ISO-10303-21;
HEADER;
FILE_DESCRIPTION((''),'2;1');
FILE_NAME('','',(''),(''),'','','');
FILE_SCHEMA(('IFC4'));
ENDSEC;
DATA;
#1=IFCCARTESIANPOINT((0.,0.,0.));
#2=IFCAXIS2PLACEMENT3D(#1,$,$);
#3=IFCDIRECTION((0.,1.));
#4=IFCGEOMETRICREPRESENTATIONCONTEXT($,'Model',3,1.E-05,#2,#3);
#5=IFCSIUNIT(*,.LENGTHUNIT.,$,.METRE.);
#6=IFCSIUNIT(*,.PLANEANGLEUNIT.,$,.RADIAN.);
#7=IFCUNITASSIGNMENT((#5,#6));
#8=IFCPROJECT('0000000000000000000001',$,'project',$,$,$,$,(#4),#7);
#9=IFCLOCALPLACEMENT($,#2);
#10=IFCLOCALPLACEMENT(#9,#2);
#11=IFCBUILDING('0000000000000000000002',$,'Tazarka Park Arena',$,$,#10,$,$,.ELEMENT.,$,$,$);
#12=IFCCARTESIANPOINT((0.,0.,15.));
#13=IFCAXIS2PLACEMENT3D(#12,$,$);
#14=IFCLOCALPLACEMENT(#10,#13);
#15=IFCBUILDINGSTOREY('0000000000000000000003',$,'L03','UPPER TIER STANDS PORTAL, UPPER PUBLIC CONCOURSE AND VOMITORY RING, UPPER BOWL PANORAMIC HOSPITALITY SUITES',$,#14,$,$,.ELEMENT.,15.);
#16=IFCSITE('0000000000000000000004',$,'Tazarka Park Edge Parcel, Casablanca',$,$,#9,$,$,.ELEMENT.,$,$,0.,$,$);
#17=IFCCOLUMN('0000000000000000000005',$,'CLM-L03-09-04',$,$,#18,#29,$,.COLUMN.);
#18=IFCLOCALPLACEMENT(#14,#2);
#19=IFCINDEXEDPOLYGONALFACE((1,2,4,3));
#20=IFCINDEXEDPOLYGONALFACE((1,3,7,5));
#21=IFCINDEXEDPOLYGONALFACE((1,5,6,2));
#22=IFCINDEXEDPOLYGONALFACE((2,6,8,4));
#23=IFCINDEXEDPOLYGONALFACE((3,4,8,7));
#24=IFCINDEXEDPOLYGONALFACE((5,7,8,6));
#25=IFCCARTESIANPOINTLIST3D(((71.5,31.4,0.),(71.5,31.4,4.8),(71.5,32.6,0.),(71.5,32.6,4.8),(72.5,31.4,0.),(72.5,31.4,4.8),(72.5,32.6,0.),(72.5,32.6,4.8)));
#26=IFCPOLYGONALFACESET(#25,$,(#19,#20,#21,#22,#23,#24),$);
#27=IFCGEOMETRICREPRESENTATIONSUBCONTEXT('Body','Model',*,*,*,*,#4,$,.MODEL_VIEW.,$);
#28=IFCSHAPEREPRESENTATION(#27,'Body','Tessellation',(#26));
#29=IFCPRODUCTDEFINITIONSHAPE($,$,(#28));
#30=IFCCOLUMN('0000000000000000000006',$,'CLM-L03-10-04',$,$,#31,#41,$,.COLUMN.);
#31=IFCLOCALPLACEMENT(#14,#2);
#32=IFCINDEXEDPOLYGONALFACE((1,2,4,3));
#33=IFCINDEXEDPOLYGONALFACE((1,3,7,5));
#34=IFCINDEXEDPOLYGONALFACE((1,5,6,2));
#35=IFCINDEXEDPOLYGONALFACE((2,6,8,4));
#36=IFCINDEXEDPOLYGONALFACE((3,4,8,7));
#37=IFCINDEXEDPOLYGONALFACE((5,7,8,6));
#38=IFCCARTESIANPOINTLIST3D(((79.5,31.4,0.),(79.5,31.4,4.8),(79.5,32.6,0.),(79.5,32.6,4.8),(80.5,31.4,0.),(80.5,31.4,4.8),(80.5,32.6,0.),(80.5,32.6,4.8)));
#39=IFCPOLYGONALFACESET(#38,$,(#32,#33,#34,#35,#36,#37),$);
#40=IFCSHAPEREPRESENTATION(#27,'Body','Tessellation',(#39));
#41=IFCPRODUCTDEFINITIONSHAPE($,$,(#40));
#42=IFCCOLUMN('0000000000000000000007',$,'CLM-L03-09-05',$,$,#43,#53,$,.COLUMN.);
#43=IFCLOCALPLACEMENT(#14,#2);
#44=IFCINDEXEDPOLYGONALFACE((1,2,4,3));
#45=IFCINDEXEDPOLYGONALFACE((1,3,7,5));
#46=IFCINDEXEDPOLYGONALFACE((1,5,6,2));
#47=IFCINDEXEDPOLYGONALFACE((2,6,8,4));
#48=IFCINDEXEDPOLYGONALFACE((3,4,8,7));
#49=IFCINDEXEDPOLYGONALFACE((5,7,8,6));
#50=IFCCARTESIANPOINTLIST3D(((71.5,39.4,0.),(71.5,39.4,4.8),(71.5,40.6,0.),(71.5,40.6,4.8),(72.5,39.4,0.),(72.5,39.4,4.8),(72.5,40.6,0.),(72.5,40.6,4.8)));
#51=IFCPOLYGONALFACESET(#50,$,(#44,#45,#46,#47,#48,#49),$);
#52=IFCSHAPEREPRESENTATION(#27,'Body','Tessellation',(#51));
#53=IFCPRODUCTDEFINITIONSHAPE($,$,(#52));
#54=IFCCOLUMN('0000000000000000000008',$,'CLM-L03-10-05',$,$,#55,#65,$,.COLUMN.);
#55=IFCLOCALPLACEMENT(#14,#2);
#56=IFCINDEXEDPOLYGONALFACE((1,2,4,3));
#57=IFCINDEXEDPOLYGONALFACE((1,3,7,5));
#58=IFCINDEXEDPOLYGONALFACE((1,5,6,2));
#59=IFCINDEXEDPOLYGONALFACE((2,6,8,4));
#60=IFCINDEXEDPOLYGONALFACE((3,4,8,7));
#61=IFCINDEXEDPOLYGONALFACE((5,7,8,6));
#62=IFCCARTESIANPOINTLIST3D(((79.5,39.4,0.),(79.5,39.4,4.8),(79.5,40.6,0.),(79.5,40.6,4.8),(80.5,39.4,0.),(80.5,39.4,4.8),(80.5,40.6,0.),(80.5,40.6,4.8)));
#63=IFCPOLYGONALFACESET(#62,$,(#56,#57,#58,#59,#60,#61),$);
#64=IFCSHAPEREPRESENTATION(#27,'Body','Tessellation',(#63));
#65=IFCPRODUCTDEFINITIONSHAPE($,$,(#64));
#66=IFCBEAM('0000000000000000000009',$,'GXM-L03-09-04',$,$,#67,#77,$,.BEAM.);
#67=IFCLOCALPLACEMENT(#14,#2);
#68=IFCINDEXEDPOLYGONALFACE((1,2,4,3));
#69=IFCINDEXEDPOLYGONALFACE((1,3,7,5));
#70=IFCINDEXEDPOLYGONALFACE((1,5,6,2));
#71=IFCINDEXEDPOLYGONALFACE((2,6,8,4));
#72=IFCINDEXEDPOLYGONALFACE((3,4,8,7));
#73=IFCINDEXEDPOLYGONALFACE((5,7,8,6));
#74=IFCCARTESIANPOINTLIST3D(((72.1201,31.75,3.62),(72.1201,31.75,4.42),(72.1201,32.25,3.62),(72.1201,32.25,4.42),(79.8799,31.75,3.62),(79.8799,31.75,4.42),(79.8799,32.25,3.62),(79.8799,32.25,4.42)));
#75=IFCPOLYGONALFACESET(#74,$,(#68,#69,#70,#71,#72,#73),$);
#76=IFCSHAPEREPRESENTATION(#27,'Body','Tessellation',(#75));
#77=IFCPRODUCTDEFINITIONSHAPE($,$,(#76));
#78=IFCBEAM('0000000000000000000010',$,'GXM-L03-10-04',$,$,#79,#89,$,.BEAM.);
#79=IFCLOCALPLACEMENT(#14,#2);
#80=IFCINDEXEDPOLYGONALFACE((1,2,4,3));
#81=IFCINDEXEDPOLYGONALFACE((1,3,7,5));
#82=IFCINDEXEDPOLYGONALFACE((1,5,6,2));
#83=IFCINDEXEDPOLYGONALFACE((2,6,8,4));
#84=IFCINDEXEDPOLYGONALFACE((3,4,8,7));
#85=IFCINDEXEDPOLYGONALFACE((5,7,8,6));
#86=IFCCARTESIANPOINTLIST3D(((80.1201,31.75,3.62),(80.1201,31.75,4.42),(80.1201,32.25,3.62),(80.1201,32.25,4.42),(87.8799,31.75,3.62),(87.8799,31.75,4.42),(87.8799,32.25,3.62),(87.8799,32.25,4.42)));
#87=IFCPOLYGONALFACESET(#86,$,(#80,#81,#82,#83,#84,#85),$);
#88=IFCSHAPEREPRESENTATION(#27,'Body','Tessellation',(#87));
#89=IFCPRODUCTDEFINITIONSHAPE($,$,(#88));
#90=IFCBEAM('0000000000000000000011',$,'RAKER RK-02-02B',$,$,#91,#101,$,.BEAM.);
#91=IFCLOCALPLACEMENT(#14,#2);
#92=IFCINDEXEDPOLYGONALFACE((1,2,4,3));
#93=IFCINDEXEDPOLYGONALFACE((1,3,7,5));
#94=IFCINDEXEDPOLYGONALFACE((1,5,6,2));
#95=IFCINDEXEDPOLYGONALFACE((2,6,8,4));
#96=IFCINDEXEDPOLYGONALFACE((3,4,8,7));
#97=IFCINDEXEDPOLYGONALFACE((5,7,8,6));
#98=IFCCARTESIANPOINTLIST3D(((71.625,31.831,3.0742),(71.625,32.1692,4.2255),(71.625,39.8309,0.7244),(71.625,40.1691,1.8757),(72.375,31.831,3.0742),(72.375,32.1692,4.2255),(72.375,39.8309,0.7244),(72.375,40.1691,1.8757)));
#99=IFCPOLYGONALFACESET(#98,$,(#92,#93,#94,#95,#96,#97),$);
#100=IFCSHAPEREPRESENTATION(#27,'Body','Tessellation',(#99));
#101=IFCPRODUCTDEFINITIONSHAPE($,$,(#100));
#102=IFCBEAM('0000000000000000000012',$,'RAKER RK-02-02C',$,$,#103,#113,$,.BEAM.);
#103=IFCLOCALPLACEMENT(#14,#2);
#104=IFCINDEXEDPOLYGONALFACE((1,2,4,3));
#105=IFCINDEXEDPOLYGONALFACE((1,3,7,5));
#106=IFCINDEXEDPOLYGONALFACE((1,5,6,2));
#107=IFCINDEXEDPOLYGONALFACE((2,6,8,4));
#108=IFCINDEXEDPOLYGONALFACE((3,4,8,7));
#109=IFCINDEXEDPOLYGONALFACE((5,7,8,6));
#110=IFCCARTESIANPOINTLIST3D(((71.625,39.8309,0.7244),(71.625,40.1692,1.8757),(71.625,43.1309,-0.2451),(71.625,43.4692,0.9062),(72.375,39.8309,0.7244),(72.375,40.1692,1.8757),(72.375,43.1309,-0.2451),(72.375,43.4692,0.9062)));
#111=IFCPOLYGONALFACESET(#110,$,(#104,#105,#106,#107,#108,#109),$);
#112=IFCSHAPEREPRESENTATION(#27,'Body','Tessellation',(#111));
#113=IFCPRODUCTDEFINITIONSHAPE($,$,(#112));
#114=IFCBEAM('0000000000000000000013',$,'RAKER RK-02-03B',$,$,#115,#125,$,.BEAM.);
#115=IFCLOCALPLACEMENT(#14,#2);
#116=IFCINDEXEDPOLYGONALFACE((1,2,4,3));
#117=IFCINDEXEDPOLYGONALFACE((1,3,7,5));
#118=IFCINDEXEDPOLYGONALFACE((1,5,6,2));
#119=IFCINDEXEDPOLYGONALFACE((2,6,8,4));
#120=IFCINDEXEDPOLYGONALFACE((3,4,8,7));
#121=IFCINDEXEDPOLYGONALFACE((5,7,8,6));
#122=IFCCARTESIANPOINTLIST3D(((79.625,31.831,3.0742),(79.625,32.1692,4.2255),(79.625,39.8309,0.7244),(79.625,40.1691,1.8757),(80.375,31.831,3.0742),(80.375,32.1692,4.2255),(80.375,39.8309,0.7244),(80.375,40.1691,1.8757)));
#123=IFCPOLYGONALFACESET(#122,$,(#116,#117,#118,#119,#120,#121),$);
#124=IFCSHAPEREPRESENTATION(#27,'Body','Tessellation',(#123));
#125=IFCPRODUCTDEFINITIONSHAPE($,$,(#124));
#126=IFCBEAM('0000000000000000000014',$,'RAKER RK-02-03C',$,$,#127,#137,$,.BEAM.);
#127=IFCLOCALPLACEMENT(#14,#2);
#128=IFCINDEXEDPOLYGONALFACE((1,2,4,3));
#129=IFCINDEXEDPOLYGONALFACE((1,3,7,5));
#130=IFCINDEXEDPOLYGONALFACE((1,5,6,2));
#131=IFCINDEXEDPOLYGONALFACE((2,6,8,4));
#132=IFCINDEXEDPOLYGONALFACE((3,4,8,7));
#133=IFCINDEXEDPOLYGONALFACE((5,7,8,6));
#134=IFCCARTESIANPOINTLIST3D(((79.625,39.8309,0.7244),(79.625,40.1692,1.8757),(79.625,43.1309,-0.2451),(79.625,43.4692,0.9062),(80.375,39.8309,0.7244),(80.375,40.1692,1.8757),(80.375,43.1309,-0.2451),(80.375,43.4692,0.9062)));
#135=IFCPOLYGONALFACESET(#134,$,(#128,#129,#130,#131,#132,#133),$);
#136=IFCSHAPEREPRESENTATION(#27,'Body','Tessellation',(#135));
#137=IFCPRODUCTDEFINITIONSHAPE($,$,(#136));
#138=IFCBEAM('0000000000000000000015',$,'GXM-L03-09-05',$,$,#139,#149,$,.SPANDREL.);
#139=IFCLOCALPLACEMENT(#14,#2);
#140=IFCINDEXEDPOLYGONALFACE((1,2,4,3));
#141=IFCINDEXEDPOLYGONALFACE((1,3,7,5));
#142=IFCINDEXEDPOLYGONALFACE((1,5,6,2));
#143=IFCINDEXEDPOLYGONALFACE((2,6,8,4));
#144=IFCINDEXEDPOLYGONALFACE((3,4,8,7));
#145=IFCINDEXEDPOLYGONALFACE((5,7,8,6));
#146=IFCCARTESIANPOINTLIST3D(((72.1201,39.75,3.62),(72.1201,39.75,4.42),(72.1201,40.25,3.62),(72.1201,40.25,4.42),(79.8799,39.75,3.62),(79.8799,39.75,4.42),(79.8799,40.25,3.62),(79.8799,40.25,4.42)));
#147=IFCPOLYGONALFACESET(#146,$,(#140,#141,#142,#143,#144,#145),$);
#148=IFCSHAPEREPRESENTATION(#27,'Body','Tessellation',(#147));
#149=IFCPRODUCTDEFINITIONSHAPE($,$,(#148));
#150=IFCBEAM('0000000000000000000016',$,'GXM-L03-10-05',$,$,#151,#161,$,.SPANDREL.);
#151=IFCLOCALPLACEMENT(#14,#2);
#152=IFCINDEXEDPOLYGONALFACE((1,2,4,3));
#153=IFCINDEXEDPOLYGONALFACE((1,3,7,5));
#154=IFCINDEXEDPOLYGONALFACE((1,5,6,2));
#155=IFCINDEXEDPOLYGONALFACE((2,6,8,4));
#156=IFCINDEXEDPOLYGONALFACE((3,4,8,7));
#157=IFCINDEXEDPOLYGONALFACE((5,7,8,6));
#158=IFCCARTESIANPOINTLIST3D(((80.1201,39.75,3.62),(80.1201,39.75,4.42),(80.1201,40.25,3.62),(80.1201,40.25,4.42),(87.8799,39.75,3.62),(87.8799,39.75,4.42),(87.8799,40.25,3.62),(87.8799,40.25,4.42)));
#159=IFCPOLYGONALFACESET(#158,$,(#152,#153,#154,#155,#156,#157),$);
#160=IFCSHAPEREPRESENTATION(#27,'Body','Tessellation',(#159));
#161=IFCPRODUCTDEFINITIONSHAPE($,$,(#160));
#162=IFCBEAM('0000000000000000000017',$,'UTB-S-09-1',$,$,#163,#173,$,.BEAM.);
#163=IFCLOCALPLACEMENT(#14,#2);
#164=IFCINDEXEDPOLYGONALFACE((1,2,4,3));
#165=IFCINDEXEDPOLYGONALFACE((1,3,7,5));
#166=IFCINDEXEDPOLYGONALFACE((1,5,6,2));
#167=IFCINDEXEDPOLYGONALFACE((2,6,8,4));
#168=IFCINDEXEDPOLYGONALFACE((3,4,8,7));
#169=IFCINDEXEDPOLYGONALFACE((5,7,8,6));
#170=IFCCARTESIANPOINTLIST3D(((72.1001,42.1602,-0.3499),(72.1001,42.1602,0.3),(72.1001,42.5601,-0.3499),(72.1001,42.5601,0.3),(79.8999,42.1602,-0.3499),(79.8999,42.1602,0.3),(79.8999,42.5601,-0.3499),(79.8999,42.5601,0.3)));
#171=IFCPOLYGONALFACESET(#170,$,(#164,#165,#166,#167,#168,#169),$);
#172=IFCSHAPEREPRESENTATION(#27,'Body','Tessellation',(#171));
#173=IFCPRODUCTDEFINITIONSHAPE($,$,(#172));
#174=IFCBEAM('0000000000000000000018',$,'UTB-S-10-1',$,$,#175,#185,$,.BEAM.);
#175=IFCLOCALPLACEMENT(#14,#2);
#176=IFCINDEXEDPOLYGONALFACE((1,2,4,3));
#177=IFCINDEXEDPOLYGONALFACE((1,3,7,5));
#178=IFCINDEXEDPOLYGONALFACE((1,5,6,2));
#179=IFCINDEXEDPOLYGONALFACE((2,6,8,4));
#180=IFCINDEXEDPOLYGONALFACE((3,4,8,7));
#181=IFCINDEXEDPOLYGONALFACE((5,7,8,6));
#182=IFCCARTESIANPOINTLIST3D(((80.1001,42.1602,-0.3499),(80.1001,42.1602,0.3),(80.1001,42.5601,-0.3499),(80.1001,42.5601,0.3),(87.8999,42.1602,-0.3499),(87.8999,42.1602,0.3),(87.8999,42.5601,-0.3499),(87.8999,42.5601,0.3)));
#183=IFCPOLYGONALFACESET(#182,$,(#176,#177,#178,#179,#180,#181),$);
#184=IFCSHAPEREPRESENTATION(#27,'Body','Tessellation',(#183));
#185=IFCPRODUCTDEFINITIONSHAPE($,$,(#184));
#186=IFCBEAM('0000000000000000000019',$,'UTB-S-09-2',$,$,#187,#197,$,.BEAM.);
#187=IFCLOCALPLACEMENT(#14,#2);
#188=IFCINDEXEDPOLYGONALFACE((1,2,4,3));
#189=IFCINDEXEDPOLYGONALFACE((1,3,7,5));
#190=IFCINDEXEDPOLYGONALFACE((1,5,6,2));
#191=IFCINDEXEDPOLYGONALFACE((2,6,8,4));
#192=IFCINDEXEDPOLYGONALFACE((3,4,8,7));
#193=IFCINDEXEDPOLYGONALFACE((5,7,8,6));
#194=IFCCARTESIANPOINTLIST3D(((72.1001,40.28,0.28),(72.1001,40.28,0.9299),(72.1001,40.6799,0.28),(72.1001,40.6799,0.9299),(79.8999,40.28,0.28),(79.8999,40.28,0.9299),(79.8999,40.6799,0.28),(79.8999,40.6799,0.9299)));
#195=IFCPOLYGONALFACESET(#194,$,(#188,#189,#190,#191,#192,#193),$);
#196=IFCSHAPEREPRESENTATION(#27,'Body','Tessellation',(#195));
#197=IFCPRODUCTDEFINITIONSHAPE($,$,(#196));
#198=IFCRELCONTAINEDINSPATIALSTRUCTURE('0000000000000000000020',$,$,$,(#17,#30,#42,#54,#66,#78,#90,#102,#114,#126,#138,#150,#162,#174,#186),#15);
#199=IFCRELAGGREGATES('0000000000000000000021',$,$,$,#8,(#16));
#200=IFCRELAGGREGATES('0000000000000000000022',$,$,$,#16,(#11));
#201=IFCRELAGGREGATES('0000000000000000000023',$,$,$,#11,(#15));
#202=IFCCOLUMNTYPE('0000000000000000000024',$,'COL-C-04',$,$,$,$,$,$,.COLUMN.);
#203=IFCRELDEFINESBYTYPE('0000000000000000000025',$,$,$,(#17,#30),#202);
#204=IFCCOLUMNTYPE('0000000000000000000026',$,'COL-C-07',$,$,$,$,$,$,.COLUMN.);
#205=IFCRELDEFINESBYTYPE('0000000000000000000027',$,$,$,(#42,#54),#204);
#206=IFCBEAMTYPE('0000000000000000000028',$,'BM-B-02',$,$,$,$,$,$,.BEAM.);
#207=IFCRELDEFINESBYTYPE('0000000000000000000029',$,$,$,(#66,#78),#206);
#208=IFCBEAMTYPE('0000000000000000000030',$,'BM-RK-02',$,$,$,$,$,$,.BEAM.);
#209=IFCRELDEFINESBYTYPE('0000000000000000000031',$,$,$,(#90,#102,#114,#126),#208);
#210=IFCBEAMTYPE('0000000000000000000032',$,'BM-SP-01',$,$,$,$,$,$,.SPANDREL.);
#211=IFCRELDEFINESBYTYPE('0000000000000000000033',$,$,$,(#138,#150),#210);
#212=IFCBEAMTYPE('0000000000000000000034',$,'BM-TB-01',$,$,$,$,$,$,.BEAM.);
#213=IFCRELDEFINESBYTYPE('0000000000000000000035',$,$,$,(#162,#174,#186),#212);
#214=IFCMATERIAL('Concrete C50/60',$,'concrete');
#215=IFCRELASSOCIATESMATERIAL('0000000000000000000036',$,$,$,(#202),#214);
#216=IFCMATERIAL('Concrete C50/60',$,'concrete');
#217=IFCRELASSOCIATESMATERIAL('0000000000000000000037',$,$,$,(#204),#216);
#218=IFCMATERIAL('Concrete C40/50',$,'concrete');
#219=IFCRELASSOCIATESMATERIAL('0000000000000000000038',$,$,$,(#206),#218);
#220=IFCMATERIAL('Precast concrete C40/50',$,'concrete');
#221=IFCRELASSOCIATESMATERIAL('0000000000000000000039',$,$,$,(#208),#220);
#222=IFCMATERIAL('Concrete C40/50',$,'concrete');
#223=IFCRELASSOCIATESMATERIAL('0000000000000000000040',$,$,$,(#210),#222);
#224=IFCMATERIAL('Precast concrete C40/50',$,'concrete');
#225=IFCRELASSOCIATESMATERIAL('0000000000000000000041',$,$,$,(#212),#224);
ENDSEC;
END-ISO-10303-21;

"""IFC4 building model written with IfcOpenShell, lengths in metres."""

from ifc_helpers import new_model, si_unit, direction, frame, origin, origin_2d, place, context, subcontext, project, spatial, rectangle, extrude, material, material_profile, profile_set, type_object, element, save


model = new_model("IFC4")

# Units and contexts
model_context = context("Model", 3, precision=1e-05, world=origin(), true_north=direction((0.0, 1.0)))
body_context = subcontext(model_context, "Body", "Model", "MODEL_VIEW")
ifc_project = project(units=[si_unit("LENGTHUNIT", "METRE"), si_unit("PLANEANGLEUNIT", "RADIAN")], contexts=[model_context])

# Site, building, storey
site_placement = place(None, origin())
site = spatial("IfcSite", under=ifc_project, at=site_placement, Name="Tazarka Park Edge Parcel, Casablanca", CompositionType="ELEMENT", RefElevation=0.0)
building_placement = place(site_placement, origin())
building = spatial("IfcBuilding", under=site, at=building_placement, Name="Tazarka Park Arena", CompositionType="ELEMENT")
storey_placement = place(building_placement, frame((0.0, 0.0, 15.0)))
storey = spatial("IfcBuildingStorey", under=building, at=storey_placement, Name="L03", Description="UPPER TIER STANDS PORTAL, UPPER PUBLIC CONCOURSE AND VOMITORY RING, UPPER BOWL PANORAMIC HOSPITALITY SUITES", CompositionType="ELEMENT", Elevation=15.0)

# Columns
ifc_material_1 = material(Name="Concrete C50/60", Category="concrete")
ifc_material_profile_1 = material_profile(ifc_material_1, rectangle(XDim=1.0, YDim=1.2, at=origin_2d()), Name="Concrete C50/60")
ifc_profile_set_1 = profile_set([ifc_material_profile_1], Name="Concrete C50/60")
column_type_1 = type_object("IfcColumnType", Name="COL-C-04", PredefinedType="COLUMN", material=ifc_profile_set_1)
for number, where, z_axis, x_axis, name in (
    (1, (72.0, 32.0, 0.0), (0.0, 0.0, 1.0), (1.0, 0.0, 0.0), "CLM-L03-09-04"),
    (2, (80.0, 32.0, 0.0), (0.0, 0.0, 1.0), (1.0, 0.0, 0.0), "CLM-L03-10-04"),
):
    element("IfcColumn", number, at=place(storey_placement, frame(where, z_axis=z_axis, x_axis=x_axis)), inside=storey, type_object=column_type_1, Name=name, PredefinedType="COLUMN", context=body_context, shape_type="SweptSolid", body=[
        extrude(rectangle(XDim=1.0, YDim=1.2, at=origin_2d()), origin(), (0.0, 0.0, 1.0), 4.8),
    ])
ifc_material_2 = material(Name="Concrete C50/60", Category="concrete")
ifc_material_profile_2 = material_profile(ifc_material_2, rectangle(XDim=1.0, YDim=1.2, at=origin_2d()), Name="Concrete C50/60")
ifc_profile_set_2 = profile_set([ifc_material_profile_2], Name="Concrete C50/60")
column_type_2 = type_object("IfcColumnType", Name="COL-C-07", PredefinedType="COLUMN", material=ifc_profile_set_2)
for number, where, z_axis, x_axis, name in (
    (3, (72.0, 40.0, 0.0), (0.0, 0.0, 1.0), (1.0, 0.0, 0.0), "CLM-L03-09-05"),
    (4, (80.0, 40.0, 0.0), (0.0, 0.0, 1.0), (1.0, 0.0, 0.0), "CLM-L03-10-05"),
):
    element("IfcColumn", number, at=place(storey_placement, frame(where, z_axis=z_axis, x_axis=x_axis)), inside=storey, type_object=column_type_2, Name=name, PredefinedType="COLUMN", context=body_context, shape_type="SweptSolid", body=[
        extrude(rectangle(XDim=1.0, YDim=1.2, at=origin_2d()), origin(), (0.0, 0.0, 1.0), 4.8),
    ])

# Beams
ifc_material_3 = material(Name="Concrete C40/50", Category="concrete")
ifc_material_profile_3 = material_profile(ifc_material_3, rectangle(XDim=0.5, YDim=0.8, at=origin_2d()), Name="Concrete C40/50")
ifc_profile_set_3 = profile_set([ifc_material_profile_3], Name="Concrete C40/50")
beam_type_1 = type_object("IfcBeamType", Name="BM-B-02", PredefinedType="BEAM", material=ifc_profile_set_3)
for number, where, z_axis, x_axis, name in (
    (5, (72.1201, 32.0, 4.02), (1.0, 0.0, 0.0), (0.0, 1.0, 0.0), "GXM-L03-09-04"),
    (6, (80.1201, 32.0, 4.02), (1.0, 0.0, 0.0), (0.0, 1.0, 0.0), "GXM-L03-10-04"),
):
    element("IfcBeam", number, at=place(storey_placement, frame(where, z_axis=z_axis, x_axis=x_axis)), inside=storey, type_object=beam_type_1, Name=name, PredefinedType="BEAM", context=body_context, shape_type="SweptSolid", body=[
        extrude(rectangle(XDim=0.5, YDim=0.8, at=origin_2d()), origin(), (0.0, 0.0, 1.0), 7.7598),
    ])
ifc_material_4 = material(Name="Precast concrete C40/50", Category="concrete")
ifc_material_profile_4 = material_profile(ifc_material_4, rectangle(XDim=0.75, YDim=1.2, at=origin_2d()), Name="Precast concrete C40/50")
ifc_profile_set_4 = profile_set([ifc_material_profile_4], Name="Precast concrete C40/50")
beam_type_2 = type_object("IfcBeamType", Name="BM-RK-02", PredefinedType="BEAM", material=ifc_profile_set_4)
beam_1_placement = place(storey_placement, frame((72.0, 40.0, 1.3), z_axis=(0.0, -0.959466, 0.281825), x_axis=(1.0, 0.0, 0.0)))
element("IfcBeam", 7, at=beam_1_placement, inside=storey, type_object=beam_type_2, Name="RAKER RK-02-02B", PredefinedType="BEAM", context=body_context, shape_type="SweptSolid", body=[
    extrude(rectangle(XDim=0.75, YDim=1.2, at=origin_2d()), origin(), (0.0, 0.0, 1.0), 8.3379),
])
beam_2_placement = place(storey_placement, frame((72.0, 43.3, 0.3306), z_axis=(0.0, -0.959454, 0.281867), x_axis=(1.0, 0.0, 0.0)))
element("IfcBeam", 8, at=beam_2_placement, inside=storey, type_object=beam_type_2, Name="RAKER RK-02-02C", PredefinedType="BEAM", context=body_context, shape_type="SweptSolid", body=[
    extrude(rectangle(XDim=0.75, YDim=1.2, at=origin_2d()), origin(), (0.0, 0.0, 1.0), 3.4395),
])
beam_3_placement = place(storey_placement, frame((80.0, 40.0, 1.3), z_axis=(0.0, -0.959466, 0.281825), x_axis=(1.0, 0.0, 0.0)))
element("IfcBeam", 9, at=beam_3_placement, inside=storey, type_object=beam_type_2, Name="RAKER RK-02-03B", PredefinedType="BEAM", context=body_context, shape_type="SweptSolid", body=[
    extrude(rectangle(XDim=0.75, YDim=1.2, at=origin_2d()), origin(), (0.0, 0.0, 1.0), 8.3379),
])
beam_4_placement = place(storey_placement, frame((80.0, 43.3, 0.3306), z_axis=(0.0, -0.959454, 0.281867), x_axis=(1.0, 0.0, 0.0)))
element("IfcBeam", 10, at=beam_4_placement, inside=storey, type_object=beam_type_2, Name="RAKER RK-02-03C", PredefinedType="BEAM", context=body_context, shape_type="SweptSolid", body=[
    extrude(rectangle(XDim=0.75, YDim=1.2, at=origin_2d()), origin(), (0.0, 0.0, 1.0), 3.4395),
])
ifc_material_5 = material(Name="Concrete C40/50", Category="concrete")
ifc_material_profile_5 = material_profile(ifc_material_5, rectangle(XDim=0.5, YDim=0.8, at=origin_2d()), Name="Concrete C40/50")
ifc_profile_set_5 = profile_set([ifc_material_profile_5], Name="Concrete C40/50")
beam_type_3 = type_object("IfcBeamType", Name="BM-SP-01", PredefinedType="SPANDREL", material=ifc_profile_set_5)
for number, where, z_axis, x_axis, name in (
    (11, (72.1201, 40.0, 4.02), (1.0, 0.0, 0.0), (0.0, 1.0, 0.0), "GXM-L03-09-05"),
    (12, (80.1201, 40.0, 4.02), (1.0, 0.0, 0.0), (0.0, 1.0, 0.0), "GXM-L03-10-05"),
):
    element("IfcBeam", number, at=place(storey_placement, frame(where, z_axis=z_axis, x_axis=x_axis)), inside=storey, type_object=beam_type_3, Name=name, PredefinedType="SPANDREL", context=body_context, shape_type="SweptSolid", body=[
        extrude(rectangle(XDim=0.5, YDim=0.8, at=origin_2d()), origin(), (0.0, 0.0, 1.0), 7.7598),
    ])
ifc_material_6 = material(Name="Precast concrete C40/50", Category="concrete")
ifc_material_profile_6 = material_profile(ifc_material_6, rectangle(XDim=0.3999, YDim=0.6499, at=origin_2d()), Name="Precast concrete C40/50")
ifc_profile_set_6 = profile_set([ifc_material_profile_6], Name="Precast concrete C40/50")
beam_type_4 = type_object("IfcBeamType", Name="BM-TB-01", PredefinedType="BEAM", material=ifc_profile_set_6)
for number, where, z_axis, x_axis, name in (
    (13, (72.1001, 42.3601, -0.0249), (1.0, 0.0, 0.0), (0.0, 1.0, 0.0), "UTB-S-09-1"),
    (14, (80.1001, 42.3601, -0.0249), (1.0, 0.0, 0.0), (0.0, 1.0, 0.0), "UTB-S-10-1"),
    (15, (72.1001, 40.48, 0.605), (1.0, 0.0, 0.0), (0.0, 1.0, 0.0), "UTB-S-09-2"),
):
    element("IfcBeam", number, at=place(storey_placement, frame(where, z_axis=z_axis, x_axis=x_axis)), inside=storey, type_object=beam_type_4, Name=name, PredefinedType="BEAM", context=body_context, shape_type="SweptSolid", body=[
        extrude(rectangle(XDim=0.3999, YDim=0.6499, at=origin_2d()), origin(), (0.0, 0.0, 1.0), 7.7998),
    ])

save(model, "model.ifc")
